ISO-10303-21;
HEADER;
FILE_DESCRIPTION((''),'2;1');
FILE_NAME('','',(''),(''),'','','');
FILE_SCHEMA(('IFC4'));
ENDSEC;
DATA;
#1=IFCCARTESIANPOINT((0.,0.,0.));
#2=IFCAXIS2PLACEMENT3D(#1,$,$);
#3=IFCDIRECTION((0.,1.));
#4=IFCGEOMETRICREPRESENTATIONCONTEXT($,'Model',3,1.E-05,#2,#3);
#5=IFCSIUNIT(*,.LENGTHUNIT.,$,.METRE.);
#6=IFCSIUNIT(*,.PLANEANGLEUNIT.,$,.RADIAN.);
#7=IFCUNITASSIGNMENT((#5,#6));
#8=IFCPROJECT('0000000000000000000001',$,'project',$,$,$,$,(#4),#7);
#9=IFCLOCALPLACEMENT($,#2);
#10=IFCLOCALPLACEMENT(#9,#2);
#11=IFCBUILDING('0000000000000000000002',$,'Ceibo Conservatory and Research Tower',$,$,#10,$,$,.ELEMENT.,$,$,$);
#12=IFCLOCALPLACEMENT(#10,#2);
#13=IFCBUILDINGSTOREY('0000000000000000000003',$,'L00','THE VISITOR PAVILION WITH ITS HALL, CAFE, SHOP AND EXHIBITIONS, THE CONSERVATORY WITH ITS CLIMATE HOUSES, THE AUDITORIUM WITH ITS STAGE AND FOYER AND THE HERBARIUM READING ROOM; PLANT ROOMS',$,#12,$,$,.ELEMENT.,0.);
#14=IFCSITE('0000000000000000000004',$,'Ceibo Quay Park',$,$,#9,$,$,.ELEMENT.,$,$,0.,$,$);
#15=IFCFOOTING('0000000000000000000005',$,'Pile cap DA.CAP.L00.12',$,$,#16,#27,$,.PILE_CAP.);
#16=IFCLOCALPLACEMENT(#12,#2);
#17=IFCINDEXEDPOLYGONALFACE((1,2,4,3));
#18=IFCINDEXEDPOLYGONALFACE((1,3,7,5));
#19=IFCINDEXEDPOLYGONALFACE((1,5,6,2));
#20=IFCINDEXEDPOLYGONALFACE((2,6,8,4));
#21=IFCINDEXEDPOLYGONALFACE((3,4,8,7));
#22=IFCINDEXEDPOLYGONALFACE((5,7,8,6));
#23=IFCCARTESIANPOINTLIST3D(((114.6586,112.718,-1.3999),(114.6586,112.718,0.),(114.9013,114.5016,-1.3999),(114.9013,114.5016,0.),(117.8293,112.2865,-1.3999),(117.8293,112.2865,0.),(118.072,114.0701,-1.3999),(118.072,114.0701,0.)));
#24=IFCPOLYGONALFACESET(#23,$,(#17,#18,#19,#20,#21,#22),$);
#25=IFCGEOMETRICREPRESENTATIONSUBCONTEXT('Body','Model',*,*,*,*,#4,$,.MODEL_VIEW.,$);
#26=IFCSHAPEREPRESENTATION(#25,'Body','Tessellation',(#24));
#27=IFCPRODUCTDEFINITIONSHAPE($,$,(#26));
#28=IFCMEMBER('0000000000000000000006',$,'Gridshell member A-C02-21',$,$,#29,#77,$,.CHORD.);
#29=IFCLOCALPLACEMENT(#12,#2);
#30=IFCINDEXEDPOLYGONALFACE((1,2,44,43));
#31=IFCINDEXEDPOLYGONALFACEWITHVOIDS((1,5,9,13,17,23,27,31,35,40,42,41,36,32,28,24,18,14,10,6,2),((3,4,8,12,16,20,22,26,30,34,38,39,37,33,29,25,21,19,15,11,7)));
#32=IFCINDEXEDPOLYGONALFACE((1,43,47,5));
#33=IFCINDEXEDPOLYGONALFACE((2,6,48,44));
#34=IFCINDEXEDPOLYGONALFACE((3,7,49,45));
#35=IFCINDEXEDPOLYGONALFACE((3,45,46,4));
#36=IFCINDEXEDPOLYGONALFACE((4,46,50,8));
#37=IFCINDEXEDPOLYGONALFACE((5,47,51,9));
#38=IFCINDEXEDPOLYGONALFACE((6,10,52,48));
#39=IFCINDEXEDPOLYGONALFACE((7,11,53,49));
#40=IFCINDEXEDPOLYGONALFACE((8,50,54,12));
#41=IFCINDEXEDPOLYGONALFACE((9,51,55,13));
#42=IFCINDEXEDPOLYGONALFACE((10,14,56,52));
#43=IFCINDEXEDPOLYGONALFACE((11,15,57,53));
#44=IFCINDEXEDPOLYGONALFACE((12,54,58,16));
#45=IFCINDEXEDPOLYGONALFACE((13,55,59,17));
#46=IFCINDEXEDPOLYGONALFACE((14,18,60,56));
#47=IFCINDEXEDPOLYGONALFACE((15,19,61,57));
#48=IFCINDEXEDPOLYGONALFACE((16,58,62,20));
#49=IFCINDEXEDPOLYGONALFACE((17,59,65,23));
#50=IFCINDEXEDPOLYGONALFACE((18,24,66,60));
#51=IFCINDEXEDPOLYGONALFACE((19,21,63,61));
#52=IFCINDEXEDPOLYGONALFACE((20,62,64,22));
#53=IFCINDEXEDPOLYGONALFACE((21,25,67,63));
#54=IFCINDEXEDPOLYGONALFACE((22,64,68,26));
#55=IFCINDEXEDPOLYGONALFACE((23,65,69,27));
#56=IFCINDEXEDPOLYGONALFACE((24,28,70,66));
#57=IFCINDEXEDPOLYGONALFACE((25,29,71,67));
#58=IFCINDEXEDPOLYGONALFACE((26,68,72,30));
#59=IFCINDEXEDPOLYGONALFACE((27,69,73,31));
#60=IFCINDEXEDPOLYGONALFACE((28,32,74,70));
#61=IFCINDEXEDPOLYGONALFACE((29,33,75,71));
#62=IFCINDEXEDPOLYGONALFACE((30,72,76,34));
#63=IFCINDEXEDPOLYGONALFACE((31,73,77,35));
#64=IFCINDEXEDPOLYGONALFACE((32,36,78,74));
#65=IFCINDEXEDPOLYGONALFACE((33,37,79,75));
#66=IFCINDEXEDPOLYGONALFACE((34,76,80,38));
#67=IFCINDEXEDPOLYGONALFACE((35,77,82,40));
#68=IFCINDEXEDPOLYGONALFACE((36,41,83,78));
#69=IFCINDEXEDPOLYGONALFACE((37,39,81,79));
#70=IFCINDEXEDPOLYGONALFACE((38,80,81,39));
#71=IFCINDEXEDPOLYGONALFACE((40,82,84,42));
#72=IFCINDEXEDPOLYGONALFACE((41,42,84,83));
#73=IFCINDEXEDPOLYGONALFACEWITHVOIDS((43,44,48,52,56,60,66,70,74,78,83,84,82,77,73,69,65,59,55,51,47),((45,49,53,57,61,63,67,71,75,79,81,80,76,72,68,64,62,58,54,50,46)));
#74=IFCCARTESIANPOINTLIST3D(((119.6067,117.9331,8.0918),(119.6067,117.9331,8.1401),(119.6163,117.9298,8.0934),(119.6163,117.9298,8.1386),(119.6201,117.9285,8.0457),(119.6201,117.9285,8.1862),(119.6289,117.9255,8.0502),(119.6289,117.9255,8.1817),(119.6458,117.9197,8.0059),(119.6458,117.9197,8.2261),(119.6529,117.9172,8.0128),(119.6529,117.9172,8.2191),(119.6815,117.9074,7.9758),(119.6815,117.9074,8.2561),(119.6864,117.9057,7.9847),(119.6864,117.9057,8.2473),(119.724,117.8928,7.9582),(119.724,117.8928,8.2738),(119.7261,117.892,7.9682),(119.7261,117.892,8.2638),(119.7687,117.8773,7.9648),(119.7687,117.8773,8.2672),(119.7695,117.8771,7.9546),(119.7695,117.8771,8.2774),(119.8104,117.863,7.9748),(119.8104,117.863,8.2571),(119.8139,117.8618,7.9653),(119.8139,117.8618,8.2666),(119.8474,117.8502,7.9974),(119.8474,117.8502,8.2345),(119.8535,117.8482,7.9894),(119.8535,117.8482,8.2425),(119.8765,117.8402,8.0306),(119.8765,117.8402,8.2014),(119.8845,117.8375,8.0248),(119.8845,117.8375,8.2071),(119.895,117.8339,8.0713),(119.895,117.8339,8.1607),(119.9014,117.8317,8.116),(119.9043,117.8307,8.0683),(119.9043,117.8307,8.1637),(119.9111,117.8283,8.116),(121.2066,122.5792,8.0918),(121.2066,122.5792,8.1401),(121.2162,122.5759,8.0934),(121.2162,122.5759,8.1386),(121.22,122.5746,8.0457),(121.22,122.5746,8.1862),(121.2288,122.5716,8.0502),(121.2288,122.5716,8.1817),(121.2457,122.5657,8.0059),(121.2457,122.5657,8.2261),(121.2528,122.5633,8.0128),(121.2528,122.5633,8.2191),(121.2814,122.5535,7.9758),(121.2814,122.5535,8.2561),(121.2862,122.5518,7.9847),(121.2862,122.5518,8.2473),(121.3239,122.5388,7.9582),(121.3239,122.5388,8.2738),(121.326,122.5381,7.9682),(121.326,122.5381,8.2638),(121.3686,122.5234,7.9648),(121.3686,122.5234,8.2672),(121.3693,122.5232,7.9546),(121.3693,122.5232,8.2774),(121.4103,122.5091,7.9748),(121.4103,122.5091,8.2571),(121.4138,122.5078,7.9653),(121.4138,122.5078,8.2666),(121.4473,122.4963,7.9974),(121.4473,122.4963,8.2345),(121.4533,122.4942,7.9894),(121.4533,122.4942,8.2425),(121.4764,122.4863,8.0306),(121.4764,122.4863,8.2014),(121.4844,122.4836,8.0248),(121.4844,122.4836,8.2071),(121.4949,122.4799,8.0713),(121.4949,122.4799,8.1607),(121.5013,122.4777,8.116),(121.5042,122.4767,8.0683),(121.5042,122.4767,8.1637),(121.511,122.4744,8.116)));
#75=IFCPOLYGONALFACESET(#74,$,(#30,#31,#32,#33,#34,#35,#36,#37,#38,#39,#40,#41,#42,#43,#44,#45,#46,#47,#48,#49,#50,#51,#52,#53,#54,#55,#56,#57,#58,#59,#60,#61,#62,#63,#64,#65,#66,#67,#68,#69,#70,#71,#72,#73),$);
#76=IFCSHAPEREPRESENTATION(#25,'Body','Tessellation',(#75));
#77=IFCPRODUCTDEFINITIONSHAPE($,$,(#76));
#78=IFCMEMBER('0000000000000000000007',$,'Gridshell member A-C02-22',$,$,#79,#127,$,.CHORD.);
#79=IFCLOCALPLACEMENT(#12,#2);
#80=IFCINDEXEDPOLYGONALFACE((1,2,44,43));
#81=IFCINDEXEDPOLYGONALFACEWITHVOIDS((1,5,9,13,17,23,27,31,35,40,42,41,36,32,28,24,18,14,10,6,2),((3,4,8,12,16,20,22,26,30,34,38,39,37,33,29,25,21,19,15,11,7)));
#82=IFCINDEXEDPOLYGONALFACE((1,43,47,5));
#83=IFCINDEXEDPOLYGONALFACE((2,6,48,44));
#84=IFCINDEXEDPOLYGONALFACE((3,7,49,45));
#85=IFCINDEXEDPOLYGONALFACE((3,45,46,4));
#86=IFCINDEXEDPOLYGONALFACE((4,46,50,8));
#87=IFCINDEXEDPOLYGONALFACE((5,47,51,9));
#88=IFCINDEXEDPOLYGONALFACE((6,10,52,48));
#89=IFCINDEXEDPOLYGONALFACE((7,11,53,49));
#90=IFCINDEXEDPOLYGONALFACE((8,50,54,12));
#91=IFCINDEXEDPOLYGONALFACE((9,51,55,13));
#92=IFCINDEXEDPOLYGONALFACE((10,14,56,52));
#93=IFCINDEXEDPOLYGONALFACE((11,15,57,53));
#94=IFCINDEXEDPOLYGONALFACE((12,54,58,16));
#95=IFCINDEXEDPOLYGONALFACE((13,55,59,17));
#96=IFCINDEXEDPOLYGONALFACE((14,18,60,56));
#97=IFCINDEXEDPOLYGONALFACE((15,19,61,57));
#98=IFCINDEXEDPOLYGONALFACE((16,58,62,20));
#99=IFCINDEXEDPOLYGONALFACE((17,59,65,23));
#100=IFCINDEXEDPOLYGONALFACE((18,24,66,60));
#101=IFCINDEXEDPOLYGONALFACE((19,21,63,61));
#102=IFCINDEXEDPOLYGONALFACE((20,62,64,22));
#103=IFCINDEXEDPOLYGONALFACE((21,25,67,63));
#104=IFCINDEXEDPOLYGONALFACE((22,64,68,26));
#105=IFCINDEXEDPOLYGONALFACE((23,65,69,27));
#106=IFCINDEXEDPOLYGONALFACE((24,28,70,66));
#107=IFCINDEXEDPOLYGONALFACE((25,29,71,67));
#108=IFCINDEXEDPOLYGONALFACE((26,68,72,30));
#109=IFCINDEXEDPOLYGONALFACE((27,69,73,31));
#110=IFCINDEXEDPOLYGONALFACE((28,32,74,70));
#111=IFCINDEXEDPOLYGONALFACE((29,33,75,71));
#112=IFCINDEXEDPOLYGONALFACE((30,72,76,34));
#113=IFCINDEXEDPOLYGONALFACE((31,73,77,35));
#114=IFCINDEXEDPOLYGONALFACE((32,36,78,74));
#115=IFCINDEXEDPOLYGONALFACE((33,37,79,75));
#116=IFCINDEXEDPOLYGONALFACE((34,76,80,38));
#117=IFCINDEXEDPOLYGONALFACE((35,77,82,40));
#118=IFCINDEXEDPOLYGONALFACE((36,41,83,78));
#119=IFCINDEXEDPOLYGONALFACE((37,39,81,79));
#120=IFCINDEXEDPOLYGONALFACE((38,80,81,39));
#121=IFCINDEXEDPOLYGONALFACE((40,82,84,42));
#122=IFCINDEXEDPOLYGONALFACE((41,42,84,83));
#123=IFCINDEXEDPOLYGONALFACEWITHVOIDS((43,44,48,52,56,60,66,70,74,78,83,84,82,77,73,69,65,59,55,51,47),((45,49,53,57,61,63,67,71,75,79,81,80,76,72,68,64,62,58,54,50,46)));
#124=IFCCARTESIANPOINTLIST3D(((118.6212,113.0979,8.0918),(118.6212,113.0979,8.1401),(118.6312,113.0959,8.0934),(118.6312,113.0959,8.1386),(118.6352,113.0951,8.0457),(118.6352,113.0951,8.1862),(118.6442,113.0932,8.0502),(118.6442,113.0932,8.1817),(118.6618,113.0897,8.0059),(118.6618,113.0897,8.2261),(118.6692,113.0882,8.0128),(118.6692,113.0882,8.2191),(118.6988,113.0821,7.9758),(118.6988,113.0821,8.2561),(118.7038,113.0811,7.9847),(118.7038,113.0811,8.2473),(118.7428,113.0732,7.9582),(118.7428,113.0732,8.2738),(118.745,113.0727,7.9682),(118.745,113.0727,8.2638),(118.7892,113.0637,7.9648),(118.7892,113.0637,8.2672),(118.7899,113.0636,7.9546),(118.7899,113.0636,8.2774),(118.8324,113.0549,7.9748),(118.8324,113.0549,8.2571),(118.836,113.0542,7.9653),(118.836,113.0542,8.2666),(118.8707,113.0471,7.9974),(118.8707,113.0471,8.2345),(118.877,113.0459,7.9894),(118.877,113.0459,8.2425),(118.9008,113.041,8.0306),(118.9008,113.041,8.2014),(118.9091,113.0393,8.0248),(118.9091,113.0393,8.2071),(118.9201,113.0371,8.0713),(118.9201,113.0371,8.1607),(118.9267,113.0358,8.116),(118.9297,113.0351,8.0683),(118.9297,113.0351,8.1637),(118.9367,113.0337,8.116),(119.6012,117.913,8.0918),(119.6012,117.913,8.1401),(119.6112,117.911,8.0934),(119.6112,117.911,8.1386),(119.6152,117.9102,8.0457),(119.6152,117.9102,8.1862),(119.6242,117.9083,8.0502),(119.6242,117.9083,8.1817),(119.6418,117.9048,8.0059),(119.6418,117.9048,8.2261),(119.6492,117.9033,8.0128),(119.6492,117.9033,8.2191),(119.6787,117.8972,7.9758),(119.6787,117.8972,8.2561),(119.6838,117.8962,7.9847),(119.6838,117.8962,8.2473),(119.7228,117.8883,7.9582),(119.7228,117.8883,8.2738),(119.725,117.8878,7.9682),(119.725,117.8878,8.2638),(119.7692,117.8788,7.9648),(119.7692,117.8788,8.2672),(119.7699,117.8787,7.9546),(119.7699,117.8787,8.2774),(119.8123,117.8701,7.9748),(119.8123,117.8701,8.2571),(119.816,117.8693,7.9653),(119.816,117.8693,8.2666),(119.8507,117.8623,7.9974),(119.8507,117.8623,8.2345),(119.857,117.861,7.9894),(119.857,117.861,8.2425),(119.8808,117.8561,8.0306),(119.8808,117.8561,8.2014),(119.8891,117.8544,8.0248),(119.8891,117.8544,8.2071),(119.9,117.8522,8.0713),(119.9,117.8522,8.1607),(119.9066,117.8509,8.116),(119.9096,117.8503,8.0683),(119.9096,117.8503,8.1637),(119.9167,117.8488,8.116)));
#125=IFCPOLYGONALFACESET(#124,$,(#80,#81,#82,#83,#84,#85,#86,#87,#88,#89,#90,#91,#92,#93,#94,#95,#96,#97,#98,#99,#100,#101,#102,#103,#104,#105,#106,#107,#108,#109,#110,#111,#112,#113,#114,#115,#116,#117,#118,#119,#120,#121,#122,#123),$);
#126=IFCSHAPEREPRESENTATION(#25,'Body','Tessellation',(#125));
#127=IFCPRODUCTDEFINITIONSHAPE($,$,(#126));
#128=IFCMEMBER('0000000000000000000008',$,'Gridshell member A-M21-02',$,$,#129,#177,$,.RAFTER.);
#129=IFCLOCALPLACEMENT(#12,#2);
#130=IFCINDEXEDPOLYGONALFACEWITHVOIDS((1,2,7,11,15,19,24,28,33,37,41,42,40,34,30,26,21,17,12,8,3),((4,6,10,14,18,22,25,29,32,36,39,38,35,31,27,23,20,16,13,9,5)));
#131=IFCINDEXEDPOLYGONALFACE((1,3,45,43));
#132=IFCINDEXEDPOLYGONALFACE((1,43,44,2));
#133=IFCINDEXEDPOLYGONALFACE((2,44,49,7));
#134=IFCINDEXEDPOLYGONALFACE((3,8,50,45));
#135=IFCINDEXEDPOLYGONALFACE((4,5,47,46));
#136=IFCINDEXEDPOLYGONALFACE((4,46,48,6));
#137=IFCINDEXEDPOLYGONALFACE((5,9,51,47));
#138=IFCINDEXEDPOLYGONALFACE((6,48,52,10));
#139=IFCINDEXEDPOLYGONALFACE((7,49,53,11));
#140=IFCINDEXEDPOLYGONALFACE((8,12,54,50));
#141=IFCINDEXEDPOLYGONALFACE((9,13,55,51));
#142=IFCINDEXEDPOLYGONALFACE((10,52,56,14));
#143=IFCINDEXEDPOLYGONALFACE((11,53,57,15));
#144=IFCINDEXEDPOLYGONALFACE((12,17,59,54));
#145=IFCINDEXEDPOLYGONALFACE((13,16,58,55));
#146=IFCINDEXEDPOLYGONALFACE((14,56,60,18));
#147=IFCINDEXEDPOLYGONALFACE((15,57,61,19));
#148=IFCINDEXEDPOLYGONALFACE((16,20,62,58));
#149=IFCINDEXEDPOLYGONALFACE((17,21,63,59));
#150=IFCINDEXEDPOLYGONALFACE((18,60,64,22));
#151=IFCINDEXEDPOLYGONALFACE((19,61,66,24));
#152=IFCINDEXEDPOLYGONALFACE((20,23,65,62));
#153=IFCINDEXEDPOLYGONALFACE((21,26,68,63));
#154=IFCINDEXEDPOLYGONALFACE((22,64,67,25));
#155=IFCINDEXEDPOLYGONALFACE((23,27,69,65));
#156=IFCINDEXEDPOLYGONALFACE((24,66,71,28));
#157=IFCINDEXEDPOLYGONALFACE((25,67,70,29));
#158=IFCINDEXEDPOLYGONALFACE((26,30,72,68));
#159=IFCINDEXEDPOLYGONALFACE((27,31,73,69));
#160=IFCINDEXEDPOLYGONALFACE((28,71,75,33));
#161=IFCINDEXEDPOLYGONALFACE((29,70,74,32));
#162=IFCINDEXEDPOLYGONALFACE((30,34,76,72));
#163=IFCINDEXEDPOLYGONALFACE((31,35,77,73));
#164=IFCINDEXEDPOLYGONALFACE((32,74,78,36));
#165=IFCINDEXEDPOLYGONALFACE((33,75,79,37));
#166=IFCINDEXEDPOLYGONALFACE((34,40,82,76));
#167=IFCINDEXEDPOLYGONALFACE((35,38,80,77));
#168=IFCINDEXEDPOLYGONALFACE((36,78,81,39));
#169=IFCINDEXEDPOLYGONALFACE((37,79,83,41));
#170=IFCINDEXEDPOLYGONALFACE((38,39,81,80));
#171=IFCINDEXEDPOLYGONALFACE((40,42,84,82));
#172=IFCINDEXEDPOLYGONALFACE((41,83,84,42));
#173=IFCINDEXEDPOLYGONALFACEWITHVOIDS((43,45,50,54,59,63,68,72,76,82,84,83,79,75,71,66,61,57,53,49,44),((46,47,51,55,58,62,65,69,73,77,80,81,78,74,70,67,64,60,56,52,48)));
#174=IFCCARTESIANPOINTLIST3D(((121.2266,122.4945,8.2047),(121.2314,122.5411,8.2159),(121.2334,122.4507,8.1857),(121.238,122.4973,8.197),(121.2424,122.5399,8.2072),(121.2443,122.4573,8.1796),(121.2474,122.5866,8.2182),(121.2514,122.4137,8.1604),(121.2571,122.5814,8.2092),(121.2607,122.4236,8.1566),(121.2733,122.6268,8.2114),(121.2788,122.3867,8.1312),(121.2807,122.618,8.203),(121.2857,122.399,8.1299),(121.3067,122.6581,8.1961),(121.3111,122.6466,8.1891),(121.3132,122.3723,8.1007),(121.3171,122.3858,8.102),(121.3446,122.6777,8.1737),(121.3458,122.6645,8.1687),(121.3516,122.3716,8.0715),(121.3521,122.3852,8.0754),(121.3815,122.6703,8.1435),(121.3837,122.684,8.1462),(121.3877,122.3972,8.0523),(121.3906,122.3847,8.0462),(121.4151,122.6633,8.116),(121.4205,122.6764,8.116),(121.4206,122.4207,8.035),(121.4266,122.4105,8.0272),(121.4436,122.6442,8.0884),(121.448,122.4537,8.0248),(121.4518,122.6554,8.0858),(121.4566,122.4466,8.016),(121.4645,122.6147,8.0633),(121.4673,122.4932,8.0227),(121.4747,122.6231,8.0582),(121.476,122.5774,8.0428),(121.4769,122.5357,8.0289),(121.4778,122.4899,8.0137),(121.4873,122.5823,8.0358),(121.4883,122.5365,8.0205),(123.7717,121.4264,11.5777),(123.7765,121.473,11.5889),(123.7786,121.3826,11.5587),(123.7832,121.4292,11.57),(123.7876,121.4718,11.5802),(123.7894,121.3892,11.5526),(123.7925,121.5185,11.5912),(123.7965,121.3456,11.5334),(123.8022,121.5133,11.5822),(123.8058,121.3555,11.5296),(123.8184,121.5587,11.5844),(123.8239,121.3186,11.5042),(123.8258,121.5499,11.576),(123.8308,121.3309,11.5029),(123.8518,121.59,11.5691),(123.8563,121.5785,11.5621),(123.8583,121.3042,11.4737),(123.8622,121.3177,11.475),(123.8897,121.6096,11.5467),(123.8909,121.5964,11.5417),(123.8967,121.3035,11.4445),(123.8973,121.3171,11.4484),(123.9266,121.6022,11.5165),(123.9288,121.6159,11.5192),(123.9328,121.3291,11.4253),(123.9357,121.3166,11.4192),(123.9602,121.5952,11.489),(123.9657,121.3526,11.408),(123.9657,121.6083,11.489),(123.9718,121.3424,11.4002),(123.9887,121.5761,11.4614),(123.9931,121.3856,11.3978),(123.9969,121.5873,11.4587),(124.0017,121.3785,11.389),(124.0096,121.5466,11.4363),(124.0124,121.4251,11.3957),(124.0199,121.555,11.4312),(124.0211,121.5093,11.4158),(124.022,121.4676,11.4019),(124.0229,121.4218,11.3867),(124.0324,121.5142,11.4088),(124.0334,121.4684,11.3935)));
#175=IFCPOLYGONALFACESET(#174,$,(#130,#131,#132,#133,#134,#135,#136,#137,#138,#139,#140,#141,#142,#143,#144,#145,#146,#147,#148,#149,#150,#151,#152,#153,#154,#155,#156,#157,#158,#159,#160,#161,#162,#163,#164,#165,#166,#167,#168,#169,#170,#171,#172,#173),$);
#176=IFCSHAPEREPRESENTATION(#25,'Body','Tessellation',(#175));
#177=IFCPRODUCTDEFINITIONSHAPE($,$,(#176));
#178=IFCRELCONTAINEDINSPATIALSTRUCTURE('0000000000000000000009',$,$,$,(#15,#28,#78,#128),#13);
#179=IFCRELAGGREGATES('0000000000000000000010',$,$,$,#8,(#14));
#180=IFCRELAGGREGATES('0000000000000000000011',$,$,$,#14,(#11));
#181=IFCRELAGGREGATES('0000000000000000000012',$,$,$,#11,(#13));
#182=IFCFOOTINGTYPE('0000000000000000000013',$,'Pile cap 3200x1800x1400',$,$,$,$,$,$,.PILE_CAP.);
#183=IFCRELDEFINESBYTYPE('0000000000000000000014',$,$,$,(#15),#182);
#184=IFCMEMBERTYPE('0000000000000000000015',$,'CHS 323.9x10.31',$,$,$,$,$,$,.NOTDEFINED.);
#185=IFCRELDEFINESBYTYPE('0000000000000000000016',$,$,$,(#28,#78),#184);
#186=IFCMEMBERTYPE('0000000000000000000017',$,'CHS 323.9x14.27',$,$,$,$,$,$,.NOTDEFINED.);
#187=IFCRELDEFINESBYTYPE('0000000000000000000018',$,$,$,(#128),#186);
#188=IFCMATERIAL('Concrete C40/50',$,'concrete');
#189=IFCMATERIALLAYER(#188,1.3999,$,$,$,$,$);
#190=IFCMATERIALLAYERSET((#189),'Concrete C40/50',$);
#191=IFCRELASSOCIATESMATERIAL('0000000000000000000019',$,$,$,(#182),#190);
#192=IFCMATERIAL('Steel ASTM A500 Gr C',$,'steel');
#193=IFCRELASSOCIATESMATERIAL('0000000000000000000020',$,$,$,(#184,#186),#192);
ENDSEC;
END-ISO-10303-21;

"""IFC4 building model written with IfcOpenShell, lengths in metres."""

from ifc_helpers import new_model, si_unit, direction, frame, origin, origin_2d, place, context, subcontext, project, spatial, polyline, hollow_circle, outline, extrude, material, layer, layer_set, material_profile, profile_set, type_object, element, save


model = new_model("IFC4")

# Units and contexts
model_context = context("Model", 3, precision=1e-05, world=origin(), true_north=direction((0.0, 1.0)))
body_context = subcontext(model_context, "Body", "Model", "MODEL_VIEW")
ifc_project = project(units=[si_unit("LENGTHUNIT", "METRE"), si_unit("PLANEANGLEUNIT", "RADIAN")], contexts=[model_context])

# Site, building, storey
site_placement = place(None, origin())
site = spatial("IfcSite", under=ifc_project, at=site_placement, Name="Ceibo Quay Park", CompositionType="ELEMENT", RefElevation=0.0)
building_placement = place(site_placement, origin())
building = spatial("IfcBuilding", under=site, at=building_placement, Name="Ceibo Conservatory and Research Tower", CompositionType="ELEMENT")
storey_placement = place(building_placement, origin())
storey = spatial("IfcBuildingStorey", under=building, at=storey_placement, Name="L00", Description="THE VISITOR PAVILION WITH ITS HALL, CAFE, SHOP AND EXHIBITIONS, THE CONSERVATORY WITH ITS CLIMATE HOUSES, THE AUDITORIUM WITH ITS STAGE AND FOYER AND THE HERBARIUM READING ROOM; PLANT ROOMS", CompositionType="ELEMENT", Elevation=0.0)

# Footing
ifc_material_1 = material(Name="Concrete C40/50", Category="concrete")
ifc_layer_1 = layer(ifc_material_1, 1.3999)
ifc_layer_set_1 = layer_set([ifc_layer_1], Name="Concrete C40/50")
footing_type = type_object("IfcFootingType", Name="Pile cap 3200x1800x1400", PredefinedType="PILE_CAP", material=ifc_layer_set_1)
footing_placement = place(storey_placement, frame((118.072, 114.0701, -1.3999), z_axis=(0.0, 0.0, 1.0), x_axis=(-0.990866, 0.134851, 0.0)))
element("IfcFooting", 1, at=footing_placement, inside=storey, type_object=footing_type, Name="Pile cap DA.CAP.L00.12", PredefinedType="PILE_CAP", context=body_context, shape_type="SweptSolid", body=[
    extrude(outline(polyline([(0.0, 0.0), (3.2, 0.0), (3.2, 1.8), (0.0, 1.8), (0.0, 0.0)])), origin(), (0.0, 0.0, 1.0), 1.3999),
])

# Members
ifc_material_2 = material(Name="Steel ASTM A500 Gr C", Category="steel")
ifc_material_profile_1 = material_profile(ifc_material_2, hollow_circle(Radius=0.1619, WallThickness=0.0103, at=origin_2d()), Name="CHS 323.9x10.31")
ifc_profile_set_1 = profile_set([ifc_material_profile_1], Name="Steel ASTM A500 Gr C")
member_type_1 = type_object("IfcMemberType", Name="CHS 323.9x10.31", PredefinedType="NOTDEFINED", material=ifc_profile_set_1)
for number, where, z_axis, x_axis, name in (
    (2, (121.3579, 122.5271, 8.116), (-0.325588, -0.945512, 0.0), (0.945512, -0.325588, 0.0), "Gridshell member A-C02-21"),
    (3, (119.7581, 117.8811, 8.116), (-0.19943, -0.979912, 0.0), (0.979912, -0.19943, 0.0), "Gridshell member A-C02-22"),
):
    element("IfcMember", number, at=place(storey_placement, frame(where, z_axis=z_axis, x_axis=x_axis)), inside=storey, type_object=member_type_1, Name=name, PredefinedType="CHORD", context=body_context, shape_type="SweptSolid", body=[
        extrude(hollow_circle(Radius=0.1619, WallThickness=0.0103, at=origin_2d()), origin(), (0.0, 0.0, 1.0), 4.9138),
    ])
ifc_material_profile_2 = material_profile(ifc_material_2, hollow_circle(Radius=0.1619, WallThickness=0.0142, at=origin_2d()), Name="CHS 323.9x14.27")
ifc_profile_set_2 = profile_set([ifc_material_profile_2], Name="Steel ASTM A500 Gr C")
member_type_2 = type_object("IfcMemberType", Name="CHS 323.9x14.27", PredefinedType="NOTDEFINED", material=ifc_profile_set_2)
for number, where, z_axis, x_axis, name in (
    (4, (121.3579, 122.5271, 8.116), (0.58396, -0.245067, 0.773908), (0.386969, 0.922093, 0.0), "Gridshell member A-M21-02"),
):
    element("IfcMember", number, at=place(storey_placement, frame(where, z_axis=z_axis, x_axis=x_axis)), inside=storey, type_object=member_type_2, Name=name, PredefinedType="RAFTER", context=body_context, shape_type="SweptSolid", body=[
        extrude(hollow_circle(Radius=0.1619, WallThickness=0.0142, at=origin_2d()), origin(), (0.0, 0.0, 1.0), 4.3584),
    ])

save(model, "model.ifc")
